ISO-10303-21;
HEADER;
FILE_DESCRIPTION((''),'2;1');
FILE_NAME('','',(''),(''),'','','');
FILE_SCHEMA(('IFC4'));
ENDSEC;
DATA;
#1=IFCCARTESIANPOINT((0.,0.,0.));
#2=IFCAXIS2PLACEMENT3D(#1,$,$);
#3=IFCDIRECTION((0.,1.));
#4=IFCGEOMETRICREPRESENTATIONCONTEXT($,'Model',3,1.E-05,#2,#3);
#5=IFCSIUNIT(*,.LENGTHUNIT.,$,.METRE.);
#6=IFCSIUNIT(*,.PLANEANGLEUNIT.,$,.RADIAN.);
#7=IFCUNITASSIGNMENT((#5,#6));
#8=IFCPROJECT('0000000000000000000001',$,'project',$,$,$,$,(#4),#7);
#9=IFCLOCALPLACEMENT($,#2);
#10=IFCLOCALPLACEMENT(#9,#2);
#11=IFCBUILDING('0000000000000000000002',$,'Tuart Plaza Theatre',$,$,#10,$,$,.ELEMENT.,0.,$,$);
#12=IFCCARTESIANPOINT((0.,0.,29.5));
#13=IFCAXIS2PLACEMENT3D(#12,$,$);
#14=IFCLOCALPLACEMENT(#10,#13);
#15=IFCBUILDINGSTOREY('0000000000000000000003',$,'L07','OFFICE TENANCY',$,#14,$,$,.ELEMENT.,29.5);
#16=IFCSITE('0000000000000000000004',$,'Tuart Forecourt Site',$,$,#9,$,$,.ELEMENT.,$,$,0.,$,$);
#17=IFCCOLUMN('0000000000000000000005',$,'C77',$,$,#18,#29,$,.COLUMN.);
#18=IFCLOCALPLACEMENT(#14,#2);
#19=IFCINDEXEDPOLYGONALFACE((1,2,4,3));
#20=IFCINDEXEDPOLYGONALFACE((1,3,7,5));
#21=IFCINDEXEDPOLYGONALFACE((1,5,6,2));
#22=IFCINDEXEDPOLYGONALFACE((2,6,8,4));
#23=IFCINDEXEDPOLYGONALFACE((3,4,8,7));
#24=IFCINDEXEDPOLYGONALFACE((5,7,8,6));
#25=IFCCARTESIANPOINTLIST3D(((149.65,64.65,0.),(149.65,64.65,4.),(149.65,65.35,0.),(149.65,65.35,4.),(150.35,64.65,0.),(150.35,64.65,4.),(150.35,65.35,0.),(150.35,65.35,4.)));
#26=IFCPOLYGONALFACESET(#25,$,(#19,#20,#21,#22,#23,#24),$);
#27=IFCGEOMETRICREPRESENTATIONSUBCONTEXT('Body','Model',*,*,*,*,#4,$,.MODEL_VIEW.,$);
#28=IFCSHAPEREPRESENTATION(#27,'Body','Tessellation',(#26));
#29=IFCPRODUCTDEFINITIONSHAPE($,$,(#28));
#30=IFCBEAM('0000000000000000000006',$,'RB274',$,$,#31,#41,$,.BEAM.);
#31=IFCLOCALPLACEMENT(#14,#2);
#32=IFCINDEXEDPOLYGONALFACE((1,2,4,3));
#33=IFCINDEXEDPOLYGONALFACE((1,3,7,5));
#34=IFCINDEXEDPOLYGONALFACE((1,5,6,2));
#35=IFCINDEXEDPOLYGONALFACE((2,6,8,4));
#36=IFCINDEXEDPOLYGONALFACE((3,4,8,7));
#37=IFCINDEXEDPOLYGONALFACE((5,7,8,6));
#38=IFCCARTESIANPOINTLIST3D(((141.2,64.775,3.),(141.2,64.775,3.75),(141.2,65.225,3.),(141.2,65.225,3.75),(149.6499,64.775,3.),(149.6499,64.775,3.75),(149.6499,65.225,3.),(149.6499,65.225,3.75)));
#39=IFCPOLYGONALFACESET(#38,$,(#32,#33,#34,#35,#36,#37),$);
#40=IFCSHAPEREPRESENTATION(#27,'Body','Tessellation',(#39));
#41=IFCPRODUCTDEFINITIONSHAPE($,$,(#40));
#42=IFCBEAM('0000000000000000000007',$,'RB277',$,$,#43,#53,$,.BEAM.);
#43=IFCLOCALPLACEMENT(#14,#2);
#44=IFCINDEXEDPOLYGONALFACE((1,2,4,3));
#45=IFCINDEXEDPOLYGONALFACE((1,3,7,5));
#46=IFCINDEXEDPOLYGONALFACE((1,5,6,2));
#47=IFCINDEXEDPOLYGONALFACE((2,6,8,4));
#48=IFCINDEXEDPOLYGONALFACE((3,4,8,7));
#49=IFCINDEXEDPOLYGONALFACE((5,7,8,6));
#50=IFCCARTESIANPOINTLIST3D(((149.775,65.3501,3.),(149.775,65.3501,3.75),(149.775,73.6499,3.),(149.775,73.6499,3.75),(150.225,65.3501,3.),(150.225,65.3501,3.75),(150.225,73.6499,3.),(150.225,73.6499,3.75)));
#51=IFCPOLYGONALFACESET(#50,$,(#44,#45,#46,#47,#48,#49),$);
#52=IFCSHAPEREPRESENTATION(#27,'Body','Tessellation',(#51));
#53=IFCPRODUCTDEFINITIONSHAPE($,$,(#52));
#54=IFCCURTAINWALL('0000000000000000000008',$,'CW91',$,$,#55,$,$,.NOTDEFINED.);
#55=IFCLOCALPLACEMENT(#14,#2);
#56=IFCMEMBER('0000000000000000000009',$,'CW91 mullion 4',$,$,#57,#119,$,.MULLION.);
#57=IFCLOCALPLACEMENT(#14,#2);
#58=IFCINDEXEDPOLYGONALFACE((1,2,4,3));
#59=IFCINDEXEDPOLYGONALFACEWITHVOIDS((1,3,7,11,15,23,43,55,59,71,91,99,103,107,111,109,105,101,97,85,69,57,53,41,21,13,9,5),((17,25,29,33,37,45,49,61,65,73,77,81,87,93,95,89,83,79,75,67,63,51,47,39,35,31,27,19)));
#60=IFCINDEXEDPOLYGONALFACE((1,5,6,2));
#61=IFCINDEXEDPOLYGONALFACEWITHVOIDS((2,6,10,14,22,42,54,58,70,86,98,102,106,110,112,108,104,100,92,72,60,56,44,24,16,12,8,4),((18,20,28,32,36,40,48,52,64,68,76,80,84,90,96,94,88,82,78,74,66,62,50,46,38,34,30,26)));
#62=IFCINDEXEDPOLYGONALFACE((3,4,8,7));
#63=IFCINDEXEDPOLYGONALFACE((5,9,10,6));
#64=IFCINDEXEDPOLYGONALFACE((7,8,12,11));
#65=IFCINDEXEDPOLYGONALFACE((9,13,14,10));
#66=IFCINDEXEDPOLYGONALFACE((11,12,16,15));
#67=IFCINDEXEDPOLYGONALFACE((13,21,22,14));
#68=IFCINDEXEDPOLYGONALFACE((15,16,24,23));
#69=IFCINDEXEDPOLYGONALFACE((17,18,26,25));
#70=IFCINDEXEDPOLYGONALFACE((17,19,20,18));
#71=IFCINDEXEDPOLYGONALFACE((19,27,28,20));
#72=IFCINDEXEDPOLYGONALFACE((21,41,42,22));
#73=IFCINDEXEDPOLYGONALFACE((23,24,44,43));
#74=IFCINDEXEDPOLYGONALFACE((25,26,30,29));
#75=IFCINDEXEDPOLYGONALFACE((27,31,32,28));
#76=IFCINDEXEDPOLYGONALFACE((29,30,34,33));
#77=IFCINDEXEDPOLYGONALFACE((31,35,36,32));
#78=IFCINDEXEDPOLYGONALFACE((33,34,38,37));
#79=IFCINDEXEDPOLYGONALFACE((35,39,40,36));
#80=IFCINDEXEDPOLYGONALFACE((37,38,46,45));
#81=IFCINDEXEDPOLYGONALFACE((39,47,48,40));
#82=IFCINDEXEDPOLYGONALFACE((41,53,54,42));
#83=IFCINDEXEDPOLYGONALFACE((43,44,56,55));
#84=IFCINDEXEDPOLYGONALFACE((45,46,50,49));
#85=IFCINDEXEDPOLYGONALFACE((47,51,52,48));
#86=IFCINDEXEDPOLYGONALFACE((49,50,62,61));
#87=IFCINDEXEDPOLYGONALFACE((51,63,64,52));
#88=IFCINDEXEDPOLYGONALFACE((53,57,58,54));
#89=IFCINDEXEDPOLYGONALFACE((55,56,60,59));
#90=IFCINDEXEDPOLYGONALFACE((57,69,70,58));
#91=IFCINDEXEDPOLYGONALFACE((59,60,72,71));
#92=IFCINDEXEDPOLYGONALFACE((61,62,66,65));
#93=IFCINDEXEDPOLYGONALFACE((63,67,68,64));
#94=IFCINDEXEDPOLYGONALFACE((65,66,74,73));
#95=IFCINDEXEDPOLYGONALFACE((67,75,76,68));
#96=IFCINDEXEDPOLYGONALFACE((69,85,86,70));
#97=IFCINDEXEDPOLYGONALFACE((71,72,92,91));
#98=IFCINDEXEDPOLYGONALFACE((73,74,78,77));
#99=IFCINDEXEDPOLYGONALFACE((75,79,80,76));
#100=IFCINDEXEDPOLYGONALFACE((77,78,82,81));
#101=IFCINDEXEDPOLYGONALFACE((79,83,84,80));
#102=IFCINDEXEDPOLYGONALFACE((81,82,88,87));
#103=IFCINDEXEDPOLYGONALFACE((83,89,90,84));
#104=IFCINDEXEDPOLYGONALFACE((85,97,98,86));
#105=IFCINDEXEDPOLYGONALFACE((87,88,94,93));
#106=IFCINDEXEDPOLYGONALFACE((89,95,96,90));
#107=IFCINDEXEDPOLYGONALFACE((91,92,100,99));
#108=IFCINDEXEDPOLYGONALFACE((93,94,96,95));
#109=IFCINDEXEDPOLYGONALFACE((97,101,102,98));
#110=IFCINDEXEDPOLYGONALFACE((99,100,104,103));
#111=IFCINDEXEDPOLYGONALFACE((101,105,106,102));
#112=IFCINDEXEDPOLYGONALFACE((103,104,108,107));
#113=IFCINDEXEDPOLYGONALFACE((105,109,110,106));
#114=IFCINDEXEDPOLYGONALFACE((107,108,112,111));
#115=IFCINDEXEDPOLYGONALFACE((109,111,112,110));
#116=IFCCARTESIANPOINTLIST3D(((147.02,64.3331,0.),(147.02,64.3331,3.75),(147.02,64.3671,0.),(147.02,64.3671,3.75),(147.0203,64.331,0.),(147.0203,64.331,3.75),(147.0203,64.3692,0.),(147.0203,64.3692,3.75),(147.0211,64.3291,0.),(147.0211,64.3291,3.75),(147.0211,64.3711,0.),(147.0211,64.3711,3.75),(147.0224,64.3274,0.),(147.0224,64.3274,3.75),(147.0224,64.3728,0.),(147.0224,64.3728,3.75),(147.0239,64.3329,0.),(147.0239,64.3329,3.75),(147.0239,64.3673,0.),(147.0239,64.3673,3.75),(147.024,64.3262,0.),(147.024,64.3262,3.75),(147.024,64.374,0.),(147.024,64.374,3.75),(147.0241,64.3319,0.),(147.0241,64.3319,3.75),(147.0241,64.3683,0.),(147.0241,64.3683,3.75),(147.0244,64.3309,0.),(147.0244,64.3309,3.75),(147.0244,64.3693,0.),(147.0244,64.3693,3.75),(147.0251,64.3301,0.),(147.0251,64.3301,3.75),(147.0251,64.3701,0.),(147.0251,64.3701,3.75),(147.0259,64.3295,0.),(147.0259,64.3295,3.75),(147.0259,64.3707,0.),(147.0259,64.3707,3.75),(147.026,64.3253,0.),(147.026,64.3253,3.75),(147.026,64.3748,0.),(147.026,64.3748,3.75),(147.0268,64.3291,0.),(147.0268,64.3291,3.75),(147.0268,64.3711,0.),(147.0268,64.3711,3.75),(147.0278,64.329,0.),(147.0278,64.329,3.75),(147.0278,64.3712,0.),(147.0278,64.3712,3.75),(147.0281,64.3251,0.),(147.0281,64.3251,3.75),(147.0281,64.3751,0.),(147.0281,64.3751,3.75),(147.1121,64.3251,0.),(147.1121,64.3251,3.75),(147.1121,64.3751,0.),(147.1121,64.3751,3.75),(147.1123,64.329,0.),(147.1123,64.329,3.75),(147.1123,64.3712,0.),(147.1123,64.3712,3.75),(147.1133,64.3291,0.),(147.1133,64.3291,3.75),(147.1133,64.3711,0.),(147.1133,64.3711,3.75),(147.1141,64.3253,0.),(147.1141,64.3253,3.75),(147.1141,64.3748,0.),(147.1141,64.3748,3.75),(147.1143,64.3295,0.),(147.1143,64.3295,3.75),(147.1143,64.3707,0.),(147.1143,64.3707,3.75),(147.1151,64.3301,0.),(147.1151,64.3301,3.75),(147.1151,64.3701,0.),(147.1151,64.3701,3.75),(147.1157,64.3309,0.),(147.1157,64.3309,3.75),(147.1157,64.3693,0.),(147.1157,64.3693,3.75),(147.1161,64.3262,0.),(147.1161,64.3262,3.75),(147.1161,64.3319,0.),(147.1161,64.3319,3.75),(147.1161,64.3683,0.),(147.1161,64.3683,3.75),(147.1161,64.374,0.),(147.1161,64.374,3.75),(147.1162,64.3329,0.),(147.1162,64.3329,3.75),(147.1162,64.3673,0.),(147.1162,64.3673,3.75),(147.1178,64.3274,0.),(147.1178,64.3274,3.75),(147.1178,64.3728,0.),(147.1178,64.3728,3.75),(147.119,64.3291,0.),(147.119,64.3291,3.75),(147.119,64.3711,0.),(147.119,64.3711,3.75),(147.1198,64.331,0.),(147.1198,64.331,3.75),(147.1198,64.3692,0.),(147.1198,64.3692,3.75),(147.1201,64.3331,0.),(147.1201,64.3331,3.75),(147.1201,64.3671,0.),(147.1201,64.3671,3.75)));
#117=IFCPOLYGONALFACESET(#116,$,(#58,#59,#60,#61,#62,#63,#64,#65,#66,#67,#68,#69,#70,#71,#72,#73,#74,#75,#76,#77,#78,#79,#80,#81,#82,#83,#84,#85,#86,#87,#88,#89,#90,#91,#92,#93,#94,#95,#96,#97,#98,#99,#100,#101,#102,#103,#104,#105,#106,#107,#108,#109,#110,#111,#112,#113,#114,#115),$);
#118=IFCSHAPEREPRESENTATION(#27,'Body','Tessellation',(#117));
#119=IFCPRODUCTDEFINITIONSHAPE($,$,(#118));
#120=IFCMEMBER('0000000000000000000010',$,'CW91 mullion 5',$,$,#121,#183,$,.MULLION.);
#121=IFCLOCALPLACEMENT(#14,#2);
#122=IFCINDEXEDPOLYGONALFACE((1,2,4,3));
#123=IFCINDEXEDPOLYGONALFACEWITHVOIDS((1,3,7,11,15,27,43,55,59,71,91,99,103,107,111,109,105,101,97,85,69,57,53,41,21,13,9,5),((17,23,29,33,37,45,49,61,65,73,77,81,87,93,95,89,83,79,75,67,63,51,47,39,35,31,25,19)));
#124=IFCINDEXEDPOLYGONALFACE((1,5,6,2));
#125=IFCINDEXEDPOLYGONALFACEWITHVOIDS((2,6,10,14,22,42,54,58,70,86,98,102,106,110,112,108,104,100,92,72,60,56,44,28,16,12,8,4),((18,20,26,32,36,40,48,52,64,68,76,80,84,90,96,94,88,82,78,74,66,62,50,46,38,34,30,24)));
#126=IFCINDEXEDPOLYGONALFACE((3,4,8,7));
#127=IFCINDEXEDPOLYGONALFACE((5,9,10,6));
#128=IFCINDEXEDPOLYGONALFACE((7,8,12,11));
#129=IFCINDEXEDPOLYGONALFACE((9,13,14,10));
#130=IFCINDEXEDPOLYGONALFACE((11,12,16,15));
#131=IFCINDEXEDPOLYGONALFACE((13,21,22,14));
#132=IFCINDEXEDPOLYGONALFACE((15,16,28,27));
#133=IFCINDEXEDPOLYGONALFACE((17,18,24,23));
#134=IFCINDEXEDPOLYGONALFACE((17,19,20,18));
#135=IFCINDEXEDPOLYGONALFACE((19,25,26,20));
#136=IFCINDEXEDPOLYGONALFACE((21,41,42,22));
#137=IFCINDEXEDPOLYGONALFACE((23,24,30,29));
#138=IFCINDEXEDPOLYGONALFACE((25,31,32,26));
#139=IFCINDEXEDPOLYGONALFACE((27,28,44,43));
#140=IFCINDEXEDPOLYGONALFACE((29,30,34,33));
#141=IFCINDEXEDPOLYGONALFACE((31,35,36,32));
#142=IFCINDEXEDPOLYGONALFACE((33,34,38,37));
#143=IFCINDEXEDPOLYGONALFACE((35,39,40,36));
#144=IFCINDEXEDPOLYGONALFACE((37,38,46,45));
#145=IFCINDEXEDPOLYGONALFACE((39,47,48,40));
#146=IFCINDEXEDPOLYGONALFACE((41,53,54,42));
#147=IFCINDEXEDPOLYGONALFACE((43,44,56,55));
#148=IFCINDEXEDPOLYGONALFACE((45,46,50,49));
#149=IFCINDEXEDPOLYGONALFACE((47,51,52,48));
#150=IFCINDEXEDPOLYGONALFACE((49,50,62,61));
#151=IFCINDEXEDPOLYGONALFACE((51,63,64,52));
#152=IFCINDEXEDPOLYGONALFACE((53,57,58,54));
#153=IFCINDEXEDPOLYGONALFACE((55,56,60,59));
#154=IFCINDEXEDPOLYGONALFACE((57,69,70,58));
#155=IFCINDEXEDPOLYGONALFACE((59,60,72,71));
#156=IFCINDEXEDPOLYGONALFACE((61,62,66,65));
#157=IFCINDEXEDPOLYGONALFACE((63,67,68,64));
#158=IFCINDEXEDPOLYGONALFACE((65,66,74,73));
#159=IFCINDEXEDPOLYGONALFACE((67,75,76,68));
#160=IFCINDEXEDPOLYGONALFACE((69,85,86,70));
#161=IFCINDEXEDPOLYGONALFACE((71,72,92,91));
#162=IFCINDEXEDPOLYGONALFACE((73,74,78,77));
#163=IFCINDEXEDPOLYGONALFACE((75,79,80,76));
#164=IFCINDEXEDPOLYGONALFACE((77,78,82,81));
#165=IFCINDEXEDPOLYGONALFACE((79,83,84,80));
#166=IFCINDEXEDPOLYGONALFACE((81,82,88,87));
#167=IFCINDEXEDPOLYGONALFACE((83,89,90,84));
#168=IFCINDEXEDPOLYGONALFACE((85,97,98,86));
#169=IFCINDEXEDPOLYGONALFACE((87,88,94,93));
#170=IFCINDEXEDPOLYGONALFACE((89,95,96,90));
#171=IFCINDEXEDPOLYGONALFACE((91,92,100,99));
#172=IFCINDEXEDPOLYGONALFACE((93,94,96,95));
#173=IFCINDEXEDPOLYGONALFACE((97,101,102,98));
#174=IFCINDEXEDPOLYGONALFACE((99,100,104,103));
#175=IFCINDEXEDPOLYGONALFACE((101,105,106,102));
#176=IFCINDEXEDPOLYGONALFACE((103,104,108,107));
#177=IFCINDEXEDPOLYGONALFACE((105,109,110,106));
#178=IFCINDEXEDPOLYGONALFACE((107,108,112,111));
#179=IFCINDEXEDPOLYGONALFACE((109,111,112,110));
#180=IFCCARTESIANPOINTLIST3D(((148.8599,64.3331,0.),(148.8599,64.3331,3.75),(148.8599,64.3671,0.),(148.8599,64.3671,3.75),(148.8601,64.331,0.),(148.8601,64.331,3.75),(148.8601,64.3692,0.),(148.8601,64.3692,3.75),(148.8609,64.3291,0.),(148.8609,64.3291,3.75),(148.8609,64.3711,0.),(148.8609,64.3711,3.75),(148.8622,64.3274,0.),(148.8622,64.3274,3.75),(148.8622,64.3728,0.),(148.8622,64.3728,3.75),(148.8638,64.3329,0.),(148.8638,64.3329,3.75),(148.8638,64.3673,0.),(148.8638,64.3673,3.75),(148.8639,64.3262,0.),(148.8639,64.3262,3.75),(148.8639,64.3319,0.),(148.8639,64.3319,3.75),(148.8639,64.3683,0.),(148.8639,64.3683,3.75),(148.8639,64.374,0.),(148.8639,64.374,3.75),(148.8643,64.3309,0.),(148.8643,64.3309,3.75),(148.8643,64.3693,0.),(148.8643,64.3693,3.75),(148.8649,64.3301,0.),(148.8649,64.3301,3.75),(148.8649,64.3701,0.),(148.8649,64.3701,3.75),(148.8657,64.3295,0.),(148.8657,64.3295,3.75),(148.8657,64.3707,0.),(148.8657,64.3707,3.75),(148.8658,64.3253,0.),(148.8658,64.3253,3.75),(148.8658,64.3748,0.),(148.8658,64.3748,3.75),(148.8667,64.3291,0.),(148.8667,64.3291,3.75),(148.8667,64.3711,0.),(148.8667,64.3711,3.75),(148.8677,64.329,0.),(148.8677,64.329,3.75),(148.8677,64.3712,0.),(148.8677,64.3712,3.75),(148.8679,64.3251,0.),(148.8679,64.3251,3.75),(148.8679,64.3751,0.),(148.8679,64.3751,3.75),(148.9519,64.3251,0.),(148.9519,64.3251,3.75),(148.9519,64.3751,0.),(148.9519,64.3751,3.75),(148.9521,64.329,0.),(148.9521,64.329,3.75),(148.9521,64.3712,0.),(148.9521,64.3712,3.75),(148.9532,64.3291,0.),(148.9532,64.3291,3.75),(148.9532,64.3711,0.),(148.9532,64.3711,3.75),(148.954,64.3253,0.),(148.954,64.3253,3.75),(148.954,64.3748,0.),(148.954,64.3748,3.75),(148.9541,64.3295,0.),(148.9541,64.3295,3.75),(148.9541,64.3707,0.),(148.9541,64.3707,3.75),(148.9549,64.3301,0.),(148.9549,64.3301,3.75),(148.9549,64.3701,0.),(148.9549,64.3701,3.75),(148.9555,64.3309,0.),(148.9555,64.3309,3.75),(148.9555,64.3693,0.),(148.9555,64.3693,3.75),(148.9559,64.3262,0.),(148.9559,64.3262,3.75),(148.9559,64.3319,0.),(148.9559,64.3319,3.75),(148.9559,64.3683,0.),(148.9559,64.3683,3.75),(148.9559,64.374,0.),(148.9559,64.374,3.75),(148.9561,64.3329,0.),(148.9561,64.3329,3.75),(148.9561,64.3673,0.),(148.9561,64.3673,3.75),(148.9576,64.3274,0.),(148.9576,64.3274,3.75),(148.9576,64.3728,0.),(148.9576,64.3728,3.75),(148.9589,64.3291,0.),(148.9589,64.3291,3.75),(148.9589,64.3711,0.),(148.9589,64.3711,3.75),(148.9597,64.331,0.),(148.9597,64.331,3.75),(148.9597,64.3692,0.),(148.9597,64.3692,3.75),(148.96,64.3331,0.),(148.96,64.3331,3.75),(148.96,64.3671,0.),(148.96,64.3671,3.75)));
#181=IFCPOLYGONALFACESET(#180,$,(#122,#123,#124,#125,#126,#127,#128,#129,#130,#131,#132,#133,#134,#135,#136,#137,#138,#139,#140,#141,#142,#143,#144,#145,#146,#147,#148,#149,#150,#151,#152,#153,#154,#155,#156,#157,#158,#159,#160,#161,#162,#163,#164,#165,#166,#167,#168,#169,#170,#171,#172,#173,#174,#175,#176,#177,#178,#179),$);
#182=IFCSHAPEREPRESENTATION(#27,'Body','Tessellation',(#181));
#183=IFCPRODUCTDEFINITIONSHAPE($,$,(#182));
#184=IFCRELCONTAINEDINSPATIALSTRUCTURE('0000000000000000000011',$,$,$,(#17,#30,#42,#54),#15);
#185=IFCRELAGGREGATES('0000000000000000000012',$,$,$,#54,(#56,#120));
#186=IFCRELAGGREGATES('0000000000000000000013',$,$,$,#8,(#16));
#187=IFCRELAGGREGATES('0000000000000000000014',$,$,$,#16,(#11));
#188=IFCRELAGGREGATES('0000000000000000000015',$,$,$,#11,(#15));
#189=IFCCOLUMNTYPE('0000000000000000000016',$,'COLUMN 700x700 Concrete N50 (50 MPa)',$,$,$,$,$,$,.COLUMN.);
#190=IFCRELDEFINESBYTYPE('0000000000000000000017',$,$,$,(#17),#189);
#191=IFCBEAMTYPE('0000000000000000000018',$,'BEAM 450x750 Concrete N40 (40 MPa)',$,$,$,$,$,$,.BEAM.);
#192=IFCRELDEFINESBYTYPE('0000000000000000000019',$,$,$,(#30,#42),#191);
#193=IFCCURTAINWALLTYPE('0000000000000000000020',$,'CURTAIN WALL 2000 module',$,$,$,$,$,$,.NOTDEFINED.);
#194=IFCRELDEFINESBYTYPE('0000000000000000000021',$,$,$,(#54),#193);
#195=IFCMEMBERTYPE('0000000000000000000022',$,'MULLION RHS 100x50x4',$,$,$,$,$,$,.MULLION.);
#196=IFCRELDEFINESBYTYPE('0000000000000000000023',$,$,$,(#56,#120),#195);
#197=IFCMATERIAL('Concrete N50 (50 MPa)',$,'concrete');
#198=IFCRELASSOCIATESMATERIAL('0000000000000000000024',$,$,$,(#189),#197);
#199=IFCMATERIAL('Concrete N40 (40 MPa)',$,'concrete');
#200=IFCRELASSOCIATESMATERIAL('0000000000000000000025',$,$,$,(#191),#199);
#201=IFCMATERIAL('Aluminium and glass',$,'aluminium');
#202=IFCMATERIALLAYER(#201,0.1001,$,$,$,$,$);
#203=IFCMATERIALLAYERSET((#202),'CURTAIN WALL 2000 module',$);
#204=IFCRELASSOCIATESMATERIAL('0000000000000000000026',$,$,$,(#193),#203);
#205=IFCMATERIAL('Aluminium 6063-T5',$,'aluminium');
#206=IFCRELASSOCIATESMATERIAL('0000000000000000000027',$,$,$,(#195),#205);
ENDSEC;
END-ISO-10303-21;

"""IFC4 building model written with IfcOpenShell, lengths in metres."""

from ifc_helpers import new_model, si_unit, direction, frame, origin, origin_2d, place, context, subcontext, project, spatial, rectangle, hollow_rectangle, extrude, material, layer, layer_set, material_profile, profile_set, type_object, element, aggregate, save


model = new_model("IFC4")

# Units and contexts
model_context = context("Model", 3, precision=1e-05, world=origin(), true_north=direction((0.0, 1.0)))
body_context = subcontext(model_context, "Body", "Model", "MODEL_VIEW")
ifc_project = project(units=[si_unit("LENGTHUNIT", "METRE"), si_unit("PLANEANGLEUNIT", "RADIAN")], contexts=[model_context])

# Site, building, storey
site_placement = place(None, origin())
site = spatial("IfcSite", under=ifc_project, at=site_placement, Name="Tuart Forecourt Site", CompositionType="ELEMENT", RefElevation=0.0)
building_placement = place(site_placement, origin())
building = spatial("IfcBuilding", under=site, at=building_placement, Name="Tuart Plaza Theatre", CompositionType="ELEMENT", ElevationOfRefHeight=0.0)
storey_placement = place(building_placement, frame((0.0, 0.0, 29.5)))
storey = spatial("IfcBuildingStorey", under=building, at=storey_placement, Name="L07", Description="OFFICE TENANCY", CompositionType="ELEMENT", Elevation=29.5)

# Column
ifc_material_1 = material(Name="Concrete N50 (50 MPa)", Category="concrete")
ifc_material_profile_1 = material_profile(ifc_material_1, rectangle(XDim=0.7, YDim=0.7, at=origin_2d()), Name="COLUMN 700x700 Concrete N50 (50 MPa)")
ifc_profile_set_1 = profile_set([ifc_material_profile_1], Name="Concrete N50 (50 MPa)")
column_type = type_object("IfcColumnType", Name="COLUMN 700x700 Concrete N50 (50 MPa)", PredefinedType="COLUMN", material=ifc_profile_set_1)
column_placement = place(storey_placement, frame((150.0, 65.0, 0.0), z_axis=(0.0, 0.0, 1.0), x_axis=(1.0, 0.0, 0.0)))
element("IfcColumn", 1, at=column_placement, inside=storey, type_object=column_type, Name="C77", PredefinedType="COLUMN", context=body_context, shape_type="SweptSolid", body=[
    extrude(rectangle(XDim=0.7, YDim=0.7, at=origin_2d()), origin(), (0.0, 0.0, 1.0), 4.0),
])

# Beams
ifc_material_2 = material(Name="Concrete N40 (40 MPa)", Category="concrete")
ifc_material_profile_2 = material_profile(ifc_material_2, rectangle(XDim=0.45, YDim=0.75, at=origin_2d()), Name="BEAM 450x750 Concrete N40 (40 MPa)")
ifc_profile_set_2 = profile_set([ifc_material_profile_2], Name="Concrete N40 (40 MPa)")
beam_type = type_object("IfcBeamType", Name="BEAM 450x750 Concrete N40 (40 MPa)", PredefinedType="BEAM", material=ifc_profile_set_2)
beam_1_placement = place(storey_placement, frame((141.2, 65.0, 3.375), z_axis=(1.0, 0.0, 0.0), x_axis=(0.0, 1.0, 0.0)))
element("IfcBeam", 2, at=beam_1_placement, inside=storey, type_object=beam_type, Name="RB274", PredefinedType="BEAM", context=body_context, shape_type="SweptSolid", body=[
    extrude(rectangle(XDim=0.45, YDim=0.75, at=origin_2d()), origin(), (0.0, 0.0, 1.0), 8.45),
])
beam_2_placement = place(storey_placement, frame((150.0, 65.3501, 3.375), z_axis=(0.0, 1.0, 0.0), x_axis=(-1.0, 0.0, 0.0)))
element("IfcBeam", 3, at=beam_2_placement, inside=storey, type_object=beam_type, Name="RB277", PredefinedType="BEAM", context=body_context, shape_type="SweptSolid", body=[
    extrude(rectangle(XDim=0.45, YDim=0.75, at=origin_2d()), origin(), (0.0, 0.0, 1.0), 8.2998),
])

# Curtain wall, members
ifc_material_3 = material(Name="Aluminium and glass", Category="aluminium")
ifc_layer_1 = layer(ifc_material_3, 0.1001)
ifc_layer_set_1 = layer_set([ifc_layer_1], Name="CURTAIN WALL 2000 module")
curtain_wall_type = type_object("IfcCurtainWallType", Name="CURTAIN WALL 2000 module", PredefinedType="NOTDEFINED", material=ifc_layer_set_1)
curtain_wall_1_placement = place(storey_placement, origin())
curtain_wall_1 = element("IfcCurtainWall", 4, at=curtain_wall_1_placement, inside=storey, type_object=curtain_wall_type, Name="CW91", PredefinedType="NOTDEFINED")
ifc_material_4 = material(Name="Aluminium 6063-T5", Category="aluminium")
ifc_material_profile_3 = material_profile(ifc_material_4, hollow_rectangle(XDim=0.05, YDim=0.1001, WallThickness=0.0039, InnerFilletRadius=0.0039, OuterFilletRadius=0.0081, at=origin_2d()), Name="RHS 100x50x4")
ifc_profile_set_3 = profile_set([ifc_material_profile_3], Name="Aluminium 6063-T5")
member_type_1 = type_object("IfcMemberType", Name="MULLION RHS 100x50x4", PredefinedType="MULLION", material=ifc_profile_set_3)
member_1_placement = place(storey_placement, frame((147.0701, 64.3501, 0.0), z_axis=(0.0, 0.0, 1.0), x_axis=(0.0, 1.0, 0.0)))
member_1 = element("IfcMember", 5, at=member_1_placement, type_object=member_type_1, Name="CW91 mullion 4", PredefinedType="MULLION", context=body_context, shape_type="SweptSolid", body=[
    extrude(hollow_rectangle(XDim=0.05, YDim=0.1001, WallThickness=0.0039, InnerFilletRadius=0.0039, OuterFilletRadius=0.0081, at=origin_2d()), origin(), (0.0, 0.0, 1.0), 3.75),
])
member_2_placement = place(storey_placement, frame((148.9099, 64.3501, 0.0), z_axis=(0.0, 0.0, 1.0), x_axis=(0.0, 1.0, 0.0)))
member_2 = element("IfcMember", 6, at=member_2_placement, type_object=member_type_1, Name="CW91 mullion 5", PredefinedType="MULLION", context=body_context, shape_type="SweptSolid", body=[
    extrude(hollow_rectangle(XDim=0.05, YDim=0.1001, WallThickness=0.0039, InnerFilletRadius=0.0039, OuterFilletRadius=0.0081, at=origin_2d()), origin(), (0.0, 0.0, 1.0), 3.75),
])

aggregate(curtain_wall_1, [member_1, member_2])

save(model, "model.ifc")
